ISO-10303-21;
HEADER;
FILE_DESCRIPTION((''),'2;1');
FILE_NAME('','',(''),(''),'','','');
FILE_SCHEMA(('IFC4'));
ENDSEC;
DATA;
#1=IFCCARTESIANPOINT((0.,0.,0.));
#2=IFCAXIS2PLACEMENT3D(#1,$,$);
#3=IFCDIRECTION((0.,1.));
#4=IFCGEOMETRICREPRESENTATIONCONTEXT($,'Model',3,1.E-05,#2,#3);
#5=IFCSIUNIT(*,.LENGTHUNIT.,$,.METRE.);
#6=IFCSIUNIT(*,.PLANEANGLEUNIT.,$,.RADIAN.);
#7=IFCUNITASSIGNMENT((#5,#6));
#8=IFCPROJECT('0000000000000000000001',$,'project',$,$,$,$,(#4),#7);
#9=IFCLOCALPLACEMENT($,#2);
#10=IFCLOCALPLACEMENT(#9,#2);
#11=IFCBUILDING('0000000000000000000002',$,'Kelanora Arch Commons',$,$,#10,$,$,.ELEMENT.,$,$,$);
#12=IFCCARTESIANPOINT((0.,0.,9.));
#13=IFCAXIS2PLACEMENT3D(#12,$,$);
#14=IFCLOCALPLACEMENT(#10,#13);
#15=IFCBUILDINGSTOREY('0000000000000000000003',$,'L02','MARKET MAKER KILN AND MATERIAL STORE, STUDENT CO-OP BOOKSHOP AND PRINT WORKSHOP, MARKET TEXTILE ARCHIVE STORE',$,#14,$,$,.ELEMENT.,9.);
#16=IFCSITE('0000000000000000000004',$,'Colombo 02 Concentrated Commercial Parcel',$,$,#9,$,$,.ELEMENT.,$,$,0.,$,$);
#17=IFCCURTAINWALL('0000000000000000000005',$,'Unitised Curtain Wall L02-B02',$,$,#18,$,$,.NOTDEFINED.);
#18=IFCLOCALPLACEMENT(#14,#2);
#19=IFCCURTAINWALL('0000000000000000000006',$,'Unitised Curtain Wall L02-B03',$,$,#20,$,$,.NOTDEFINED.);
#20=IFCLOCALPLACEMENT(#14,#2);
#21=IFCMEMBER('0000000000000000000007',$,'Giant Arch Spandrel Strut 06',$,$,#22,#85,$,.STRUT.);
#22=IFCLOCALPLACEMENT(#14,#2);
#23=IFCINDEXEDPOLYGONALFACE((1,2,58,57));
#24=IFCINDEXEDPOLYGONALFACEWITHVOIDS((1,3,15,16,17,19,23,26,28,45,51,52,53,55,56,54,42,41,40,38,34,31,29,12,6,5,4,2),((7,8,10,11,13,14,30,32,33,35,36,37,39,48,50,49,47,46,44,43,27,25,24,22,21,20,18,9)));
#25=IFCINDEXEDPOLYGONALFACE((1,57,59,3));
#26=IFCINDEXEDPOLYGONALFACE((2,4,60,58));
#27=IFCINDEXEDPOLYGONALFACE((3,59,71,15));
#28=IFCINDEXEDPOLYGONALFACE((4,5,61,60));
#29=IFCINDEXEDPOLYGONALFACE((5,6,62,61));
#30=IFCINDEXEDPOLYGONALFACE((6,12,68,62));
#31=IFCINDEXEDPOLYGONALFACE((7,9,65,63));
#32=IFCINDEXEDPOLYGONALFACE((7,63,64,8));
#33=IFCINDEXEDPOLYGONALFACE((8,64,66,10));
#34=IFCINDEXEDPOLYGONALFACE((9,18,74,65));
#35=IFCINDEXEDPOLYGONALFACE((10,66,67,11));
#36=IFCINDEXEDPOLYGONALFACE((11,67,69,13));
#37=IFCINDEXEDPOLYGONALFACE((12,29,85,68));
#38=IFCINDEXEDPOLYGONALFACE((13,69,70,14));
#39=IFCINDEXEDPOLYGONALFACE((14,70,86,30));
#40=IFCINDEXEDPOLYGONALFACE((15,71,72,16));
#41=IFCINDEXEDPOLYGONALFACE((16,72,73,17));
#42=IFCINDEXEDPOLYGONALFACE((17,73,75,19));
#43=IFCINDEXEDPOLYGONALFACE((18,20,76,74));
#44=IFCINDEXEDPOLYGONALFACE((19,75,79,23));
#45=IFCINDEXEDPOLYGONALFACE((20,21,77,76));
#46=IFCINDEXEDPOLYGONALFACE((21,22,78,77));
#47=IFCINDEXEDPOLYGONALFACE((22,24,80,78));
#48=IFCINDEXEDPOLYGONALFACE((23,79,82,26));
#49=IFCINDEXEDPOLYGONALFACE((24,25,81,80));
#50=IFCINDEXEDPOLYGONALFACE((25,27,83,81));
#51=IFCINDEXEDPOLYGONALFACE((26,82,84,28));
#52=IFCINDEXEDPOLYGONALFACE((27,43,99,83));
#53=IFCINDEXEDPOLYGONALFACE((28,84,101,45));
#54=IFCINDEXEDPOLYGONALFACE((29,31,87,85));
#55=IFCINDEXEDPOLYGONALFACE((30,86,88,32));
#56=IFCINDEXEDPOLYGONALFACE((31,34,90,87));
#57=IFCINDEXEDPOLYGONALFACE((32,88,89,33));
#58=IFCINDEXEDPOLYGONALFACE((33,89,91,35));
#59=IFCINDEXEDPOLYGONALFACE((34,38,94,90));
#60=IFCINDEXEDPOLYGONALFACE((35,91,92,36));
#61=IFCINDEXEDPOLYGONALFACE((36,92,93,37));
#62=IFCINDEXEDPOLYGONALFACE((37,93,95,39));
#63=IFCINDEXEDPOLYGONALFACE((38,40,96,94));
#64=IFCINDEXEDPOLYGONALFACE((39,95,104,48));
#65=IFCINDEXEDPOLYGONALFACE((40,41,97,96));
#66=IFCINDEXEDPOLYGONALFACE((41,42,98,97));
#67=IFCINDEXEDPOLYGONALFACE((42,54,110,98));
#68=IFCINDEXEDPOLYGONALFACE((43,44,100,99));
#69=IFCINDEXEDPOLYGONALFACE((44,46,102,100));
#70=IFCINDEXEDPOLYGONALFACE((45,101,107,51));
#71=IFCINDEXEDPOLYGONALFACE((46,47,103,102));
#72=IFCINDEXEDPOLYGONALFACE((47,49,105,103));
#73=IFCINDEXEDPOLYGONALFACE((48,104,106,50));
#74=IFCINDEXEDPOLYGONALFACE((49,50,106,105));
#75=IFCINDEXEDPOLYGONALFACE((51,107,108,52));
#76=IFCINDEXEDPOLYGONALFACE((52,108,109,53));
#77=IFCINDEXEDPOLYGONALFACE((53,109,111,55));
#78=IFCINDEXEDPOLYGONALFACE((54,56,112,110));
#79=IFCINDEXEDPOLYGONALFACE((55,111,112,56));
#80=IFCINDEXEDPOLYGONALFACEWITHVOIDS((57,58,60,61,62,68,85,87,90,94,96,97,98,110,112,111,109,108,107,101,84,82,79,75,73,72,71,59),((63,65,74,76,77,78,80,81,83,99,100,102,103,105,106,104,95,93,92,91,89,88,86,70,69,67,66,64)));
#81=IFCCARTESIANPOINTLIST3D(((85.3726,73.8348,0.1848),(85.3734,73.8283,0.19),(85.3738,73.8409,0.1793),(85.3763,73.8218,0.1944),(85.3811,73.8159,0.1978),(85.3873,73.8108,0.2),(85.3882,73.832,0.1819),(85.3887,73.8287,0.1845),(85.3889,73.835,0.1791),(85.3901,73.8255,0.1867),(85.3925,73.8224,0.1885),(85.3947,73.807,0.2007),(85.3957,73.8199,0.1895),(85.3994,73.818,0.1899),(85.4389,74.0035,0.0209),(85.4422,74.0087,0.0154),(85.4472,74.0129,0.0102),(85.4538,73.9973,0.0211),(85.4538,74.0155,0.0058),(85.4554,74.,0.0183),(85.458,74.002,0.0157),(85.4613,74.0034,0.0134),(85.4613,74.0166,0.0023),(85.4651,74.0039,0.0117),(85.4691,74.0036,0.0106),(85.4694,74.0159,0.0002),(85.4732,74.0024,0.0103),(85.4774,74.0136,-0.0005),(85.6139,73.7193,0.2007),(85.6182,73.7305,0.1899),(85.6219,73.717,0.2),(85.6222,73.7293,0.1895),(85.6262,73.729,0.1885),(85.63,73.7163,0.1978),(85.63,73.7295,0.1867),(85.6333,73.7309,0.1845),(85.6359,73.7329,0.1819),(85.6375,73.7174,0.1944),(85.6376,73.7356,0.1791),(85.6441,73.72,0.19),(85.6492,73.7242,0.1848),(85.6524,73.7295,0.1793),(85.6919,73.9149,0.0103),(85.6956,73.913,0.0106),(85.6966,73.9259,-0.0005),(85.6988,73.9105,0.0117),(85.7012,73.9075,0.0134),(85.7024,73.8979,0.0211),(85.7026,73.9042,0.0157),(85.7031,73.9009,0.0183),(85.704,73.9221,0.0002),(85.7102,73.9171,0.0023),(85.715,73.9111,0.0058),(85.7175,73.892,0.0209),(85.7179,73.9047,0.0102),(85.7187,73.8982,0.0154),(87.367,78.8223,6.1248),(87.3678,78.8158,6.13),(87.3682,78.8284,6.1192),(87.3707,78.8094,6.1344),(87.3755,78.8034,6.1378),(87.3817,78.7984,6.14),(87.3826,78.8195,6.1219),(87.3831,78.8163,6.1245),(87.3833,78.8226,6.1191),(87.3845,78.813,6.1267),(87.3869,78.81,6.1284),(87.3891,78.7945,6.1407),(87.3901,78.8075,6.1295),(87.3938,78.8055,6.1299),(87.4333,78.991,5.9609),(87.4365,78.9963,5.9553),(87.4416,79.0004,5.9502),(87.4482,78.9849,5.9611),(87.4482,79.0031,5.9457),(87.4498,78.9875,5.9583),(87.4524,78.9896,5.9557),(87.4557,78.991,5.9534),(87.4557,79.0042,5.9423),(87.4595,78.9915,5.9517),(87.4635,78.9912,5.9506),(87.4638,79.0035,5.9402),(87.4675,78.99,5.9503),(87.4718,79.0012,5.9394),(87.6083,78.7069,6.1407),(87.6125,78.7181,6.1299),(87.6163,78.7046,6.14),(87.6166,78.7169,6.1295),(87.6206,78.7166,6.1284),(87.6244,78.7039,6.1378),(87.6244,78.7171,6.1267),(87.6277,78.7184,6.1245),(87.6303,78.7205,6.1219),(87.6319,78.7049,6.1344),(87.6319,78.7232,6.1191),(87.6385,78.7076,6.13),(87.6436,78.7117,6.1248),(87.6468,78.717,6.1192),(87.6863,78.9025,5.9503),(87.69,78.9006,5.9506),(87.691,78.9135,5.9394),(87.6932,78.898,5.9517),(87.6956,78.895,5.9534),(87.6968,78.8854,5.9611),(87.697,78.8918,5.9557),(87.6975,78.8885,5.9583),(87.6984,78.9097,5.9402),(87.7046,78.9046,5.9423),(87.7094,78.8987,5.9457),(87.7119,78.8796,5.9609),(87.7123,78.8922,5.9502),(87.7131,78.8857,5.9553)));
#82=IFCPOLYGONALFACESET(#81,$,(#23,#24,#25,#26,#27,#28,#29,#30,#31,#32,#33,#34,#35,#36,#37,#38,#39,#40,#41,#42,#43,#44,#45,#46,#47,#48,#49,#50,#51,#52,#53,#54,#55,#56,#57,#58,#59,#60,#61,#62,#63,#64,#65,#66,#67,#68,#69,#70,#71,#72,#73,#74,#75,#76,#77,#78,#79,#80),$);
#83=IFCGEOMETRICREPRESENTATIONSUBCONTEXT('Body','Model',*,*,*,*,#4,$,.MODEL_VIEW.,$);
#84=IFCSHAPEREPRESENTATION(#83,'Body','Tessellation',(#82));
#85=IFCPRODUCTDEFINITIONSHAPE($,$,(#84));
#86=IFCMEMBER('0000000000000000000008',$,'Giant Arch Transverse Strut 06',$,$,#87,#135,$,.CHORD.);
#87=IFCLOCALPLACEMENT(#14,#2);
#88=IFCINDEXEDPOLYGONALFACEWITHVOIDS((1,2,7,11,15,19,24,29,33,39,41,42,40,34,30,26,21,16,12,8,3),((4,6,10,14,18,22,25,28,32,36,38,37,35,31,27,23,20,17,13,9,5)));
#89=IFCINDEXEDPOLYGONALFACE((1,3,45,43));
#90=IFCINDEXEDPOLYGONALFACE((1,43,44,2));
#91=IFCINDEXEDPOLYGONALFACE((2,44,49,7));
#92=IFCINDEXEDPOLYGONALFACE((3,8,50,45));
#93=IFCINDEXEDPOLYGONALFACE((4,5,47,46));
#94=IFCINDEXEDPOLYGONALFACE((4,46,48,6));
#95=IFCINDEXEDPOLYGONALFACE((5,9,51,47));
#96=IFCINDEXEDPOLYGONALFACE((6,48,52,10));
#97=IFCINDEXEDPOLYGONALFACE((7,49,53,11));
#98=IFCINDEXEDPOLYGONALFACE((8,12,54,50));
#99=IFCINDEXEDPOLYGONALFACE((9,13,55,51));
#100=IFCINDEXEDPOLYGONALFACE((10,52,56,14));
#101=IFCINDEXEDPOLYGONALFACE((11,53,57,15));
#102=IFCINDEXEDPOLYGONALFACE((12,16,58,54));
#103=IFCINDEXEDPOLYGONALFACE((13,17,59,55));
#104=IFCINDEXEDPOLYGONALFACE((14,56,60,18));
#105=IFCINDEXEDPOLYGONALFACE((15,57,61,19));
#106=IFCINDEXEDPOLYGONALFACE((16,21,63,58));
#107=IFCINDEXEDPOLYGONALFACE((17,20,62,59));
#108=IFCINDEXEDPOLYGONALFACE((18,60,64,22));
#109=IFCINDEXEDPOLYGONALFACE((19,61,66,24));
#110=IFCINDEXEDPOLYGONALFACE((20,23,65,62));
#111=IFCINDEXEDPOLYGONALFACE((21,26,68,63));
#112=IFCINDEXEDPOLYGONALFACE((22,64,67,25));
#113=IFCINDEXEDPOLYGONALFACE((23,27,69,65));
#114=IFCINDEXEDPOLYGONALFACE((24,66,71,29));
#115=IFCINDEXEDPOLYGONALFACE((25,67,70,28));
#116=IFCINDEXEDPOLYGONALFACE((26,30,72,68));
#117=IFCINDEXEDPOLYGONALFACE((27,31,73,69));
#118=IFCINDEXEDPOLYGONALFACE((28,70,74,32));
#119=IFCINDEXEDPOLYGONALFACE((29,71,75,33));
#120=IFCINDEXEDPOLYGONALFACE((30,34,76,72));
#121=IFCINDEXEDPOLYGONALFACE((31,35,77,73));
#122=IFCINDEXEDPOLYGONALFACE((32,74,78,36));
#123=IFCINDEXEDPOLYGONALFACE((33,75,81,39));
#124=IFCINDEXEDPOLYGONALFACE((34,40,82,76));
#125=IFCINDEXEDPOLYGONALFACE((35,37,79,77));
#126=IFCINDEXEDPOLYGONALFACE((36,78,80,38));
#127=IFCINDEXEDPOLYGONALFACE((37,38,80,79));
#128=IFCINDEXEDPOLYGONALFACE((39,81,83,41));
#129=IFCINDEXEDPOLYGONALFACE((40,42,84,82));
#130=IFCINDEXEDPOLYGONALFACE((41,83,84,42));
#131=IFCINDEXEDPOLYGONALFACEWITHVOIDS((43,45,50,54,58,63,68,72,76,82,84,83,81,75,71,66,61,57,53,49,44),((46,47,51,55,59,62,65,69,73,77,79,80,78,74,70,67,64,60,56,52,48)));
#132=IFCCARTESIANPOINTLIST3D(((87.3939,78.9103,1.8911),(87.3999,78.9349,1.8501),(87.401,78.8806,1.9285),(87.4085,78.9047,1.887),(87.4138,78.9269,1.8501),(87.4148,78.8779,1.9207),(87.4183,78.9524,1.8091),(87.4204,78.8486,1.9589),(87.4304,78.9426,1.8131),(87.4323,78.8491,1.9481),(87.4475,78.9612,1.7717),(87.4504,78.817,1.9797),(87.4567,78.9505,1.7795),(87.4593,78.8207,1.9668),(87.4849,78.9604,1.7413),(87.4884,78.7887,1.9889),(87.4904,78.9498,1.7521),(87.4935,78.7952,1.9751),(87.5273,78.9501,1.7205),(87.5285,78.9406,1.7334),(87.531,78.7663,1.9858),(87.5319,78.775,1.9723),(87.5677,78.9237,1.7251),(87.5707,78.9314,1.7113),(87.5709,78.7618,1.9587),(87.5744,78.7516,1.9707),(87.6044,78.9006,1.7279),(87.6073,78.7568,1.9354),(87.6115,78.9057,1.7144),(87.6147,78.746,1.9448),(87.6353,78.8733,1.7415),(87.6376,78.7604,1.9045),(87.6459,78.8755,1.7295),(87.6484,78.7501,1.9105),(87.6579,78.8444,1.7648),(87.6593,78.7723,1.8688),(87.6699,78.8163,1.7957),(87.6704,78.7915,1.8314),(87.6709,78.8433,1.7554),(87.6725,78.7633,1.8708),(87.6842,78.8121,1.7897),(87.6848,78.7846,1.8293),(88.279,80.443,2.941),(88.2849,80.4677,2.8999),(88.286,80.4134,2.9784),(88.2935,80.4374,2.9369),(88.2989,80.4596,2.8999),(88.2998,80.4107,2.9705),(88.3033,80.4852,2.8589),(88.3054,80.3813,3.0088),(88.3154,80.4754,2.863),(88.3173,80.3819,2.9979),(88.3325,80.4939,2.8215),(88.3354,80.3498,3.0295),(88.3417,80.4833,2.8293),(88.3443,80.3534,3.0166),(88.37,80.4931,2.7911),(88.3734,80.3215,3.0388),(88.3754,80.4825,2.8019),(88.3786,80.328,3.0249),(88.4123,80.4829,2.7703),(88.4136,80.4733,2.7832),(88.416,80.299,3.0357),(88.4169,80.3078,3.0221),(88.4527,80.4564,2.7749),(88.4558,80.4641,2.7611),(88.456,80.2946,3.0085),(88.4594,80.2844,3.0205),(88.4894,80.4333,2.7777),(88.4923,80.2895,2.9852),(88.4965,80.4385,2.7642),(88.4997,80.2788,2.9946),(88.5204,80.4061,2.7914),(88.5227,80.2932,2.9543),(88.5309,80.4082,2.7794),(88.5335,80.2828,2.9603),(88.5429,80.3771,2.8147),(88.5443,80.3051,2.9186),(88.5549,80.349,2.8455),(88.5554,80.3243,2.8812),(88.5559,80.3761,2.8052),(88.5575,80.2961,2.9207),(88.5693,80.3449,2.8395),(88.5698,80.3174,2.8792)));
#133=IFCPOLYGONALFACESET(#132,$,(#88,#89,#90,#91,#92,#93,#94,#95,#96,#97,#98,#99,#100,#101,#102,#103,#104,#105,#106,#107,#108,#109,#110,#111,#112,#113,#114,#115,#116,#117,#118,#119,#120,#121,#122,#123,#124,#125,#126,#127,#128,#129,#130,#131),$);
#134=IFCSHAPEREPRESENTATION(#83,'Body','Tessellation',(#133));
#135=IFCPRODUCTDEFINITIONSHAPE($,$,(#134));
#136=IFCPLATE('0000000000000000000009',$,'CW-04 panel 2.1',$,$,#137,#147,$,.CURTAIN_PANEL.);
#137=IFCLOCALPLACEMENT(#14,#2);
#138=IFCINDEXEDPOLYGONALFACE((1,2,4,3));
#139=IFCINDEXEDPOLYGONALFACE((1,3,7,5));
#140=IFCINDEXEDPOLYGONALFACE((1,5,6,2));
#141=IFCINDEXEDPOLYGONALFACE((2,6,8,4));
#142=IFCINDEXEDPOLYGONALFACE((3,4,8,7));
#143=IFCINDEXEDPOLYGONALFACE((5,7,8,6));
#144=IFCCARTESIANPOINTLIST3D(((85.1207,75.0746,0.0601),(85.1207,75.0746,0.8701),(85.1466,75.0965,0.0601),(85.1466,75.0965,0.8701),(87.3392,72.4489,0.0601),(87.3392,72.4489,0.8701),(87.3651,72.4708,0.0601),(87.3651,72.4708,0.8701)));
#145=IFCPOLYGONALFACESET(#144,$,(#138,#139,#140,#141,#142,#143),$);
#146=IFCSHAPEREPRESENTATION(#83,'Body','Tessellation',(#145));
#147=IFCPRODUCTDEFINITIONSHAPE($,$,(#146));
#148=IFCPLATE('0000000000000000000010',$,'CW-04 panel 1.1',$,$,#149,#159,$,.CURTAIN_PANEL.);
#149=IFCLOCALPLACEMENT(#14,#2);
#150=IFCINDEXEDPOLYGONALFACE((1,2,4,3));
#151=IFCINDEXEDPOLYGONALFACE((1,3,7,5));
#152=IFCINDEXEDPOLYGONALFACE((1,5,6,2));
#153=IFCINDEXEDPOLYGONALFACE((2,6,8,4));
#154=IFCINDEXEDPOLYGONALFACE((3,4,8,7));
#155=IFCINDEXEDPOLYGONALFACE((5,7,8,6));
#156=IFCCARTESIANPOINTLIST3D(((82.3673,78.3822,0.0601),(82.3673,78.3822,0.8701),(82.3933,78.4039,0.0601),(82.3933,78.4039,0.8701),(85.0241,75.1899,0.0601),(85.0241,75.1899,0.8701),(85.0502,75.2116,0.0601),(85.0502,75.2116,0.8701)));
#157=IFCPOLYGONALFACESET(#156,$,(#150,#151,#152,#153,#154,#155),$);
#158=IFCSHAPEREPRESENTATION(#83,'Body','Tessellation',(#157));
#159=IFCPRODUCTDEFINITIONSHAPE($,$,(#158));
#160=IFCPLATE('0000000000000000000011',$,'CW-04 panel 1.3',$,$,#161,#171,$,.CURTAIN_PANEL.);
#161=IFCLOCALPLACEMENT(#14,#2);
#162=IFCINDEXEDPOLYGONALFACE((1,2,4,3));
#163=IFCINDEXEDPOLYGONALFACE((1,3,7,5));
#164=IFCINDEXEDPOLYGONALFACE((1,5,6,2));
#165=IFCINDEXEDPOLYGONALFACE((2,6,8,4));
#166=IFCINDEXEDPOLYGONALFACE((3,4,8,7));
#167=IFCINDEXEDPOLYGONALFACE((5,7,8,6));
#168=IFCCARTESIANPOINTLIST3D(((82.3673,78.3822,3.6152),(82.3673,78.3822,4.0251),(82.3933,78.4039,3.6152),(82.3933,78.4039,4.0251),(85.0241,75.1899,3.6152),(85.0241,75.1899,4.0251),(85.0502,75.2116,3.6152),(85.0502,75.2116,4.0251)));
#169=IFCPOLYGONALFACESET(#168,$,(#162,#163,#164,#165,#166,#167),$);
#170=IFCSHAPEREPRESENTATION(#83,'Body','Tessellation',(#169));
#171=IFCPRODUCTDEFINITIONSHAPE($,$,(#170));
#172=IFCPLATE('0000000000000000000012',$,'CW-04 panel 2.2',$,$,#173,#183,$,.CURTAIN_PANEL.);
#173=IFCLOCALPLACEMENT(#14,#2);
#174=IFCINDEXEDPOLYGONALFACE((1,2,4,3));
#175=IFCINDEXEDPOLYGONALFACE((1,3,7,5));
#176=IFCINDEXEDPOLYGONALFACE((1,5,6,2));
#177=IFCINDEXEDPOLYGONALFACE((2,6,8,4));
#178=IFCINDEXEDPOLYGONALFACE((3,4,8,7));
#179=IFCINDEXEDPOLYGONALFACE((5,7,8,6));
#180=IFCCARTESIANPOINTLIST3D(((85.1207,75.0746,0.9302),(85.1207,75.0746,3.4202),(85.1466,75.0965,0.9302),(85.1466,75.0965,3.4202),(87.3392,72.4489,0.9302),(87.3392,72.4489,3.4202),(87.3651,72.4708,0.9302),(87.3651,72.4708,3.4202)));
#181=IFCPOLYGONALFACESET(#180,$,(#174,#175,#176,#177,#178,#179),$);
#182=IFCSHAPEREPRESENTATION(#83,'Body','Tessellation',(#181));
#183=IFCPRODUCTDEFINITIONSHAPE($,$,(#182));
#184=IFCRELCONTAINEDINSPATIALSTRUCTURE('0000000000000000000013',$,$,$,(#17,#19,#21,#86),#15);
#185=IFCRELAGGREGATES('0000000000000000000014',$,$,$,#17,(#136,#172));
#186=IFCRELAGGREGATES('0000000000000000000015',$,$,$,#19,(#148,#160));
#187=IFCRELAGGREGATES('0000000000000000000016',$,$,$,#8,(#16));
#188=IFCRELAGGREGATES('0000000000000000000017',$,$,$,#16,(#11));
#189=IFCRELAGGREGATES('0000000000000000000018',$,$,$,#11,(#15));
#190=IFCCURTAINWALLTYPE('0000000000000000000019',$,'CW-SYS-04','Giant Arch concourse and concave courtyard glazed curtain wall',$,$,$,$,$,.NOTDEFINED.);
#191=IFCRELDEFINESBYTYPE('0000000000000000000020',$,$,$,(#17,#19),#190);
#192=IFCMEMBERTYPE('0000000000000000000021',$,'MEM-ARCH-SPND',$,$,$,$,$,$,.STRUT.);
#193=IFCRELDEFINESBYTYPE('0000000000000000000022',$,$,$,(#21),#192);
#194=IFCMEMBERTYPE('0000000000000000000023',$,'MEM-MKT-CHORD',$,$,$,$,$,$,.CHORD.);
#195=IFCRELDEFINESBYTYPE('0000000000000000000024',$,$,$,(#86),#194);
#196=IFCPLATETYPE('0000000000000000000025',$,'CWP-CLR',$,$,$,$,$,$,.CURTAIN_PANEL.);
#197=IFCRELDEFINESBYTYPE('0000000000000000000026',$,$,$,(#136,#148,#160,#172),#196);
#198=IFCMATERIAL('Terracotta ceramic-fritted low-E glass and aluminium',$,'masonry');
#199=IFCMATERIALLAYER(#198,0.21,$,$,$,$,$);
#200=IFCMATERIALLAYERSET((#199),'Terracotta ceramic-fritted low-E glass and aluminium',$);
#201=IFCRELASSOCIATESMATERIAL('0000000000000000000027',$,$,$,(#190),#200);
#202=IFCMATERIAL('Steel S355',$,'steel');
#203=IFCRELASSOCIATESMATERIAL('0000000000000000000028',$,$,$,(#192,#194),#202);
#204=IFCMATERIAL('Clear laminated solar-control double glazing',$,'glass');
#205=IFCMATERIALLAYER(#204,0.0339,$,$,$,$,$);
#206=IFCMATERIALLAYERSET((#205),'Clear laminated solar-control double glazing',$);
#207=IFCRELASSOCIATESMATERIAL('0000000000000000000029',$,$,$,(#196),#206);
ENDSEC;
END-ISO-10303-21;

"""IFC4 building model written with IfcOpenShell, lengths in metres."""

from ifc_helpers import new_model, si_unit, direction, frame, origin, origin_2d, place, context, subcontext, project, spatial, rectangle, hollow_rectangle, hollow_circle, extrude, source, transform, mapped, material, layer, layer_set, material_profile, profile_set, type_object, element, aggregate, save


model = new_model("IFC4")

# Units and contexts
model_context = context("Model", 3, precision=1e-05, world=origin(), true_north=direction((0.0, 1.0)))
body_context = subcontext(model_context, "Body", "Model", "MODEL_VIEW")
ifc_project = project(units=[si_unit("LENGTHUNIT", "METRE"), si_unit("PLANEANGLEUNIT", "RADIAN")], contexts=[model_context])

# Site, building, storey
site_placement = place(None, origin())
site = spatial("IfcSite", under=ifc_project, at=site_placement, Name="Colombo 02 Concentrated Commercial Parcel", CompositionType="ELEMENT", RefElevation=0.0)
building_placement = place(site_placement, origin())
building = spatial("IfcBuilding", under=site, at=building_placement, Name="Kelanora Arch Commons", CompositionType="ELEMENT")
storey_placement = place(building_placement, frame((0.0, 0.0, 9.0)))
storey = spatial("IfcBuildingStorey", under=building, at=storey_placement, Name="L02", Description="MARKET MAKER KILN AND MATERIAL STORE, STUDENT CO-OP BOOKSHOP AND PRINT WORKSHOP, MARKET TEXTILE ARCHIVE STORE", CompositionType="ELEMENT", Elevation=9.0)

# Shared definitions
ifc_material_1 = material(Name="Steel S355", Category="steel")

# Curtain walls
ifc_material_2 = material(Name="Terracotta ceramic-fritted low-E glass and aluminium", Category="masonry")
ifc_layer_1 = layer(ifc_material_2, 0.21)
ifc_layer_set_1 = layer_set([ifc_layer_1], Name="Terracotta ceramic-fritted low-E glass and aluminium")
curtain_wall_type = type_object("IfcCurtainWallType", Name="CW-SYS-04", Description="Giant Arch concourse and concave courtyard glazed curtain wall", PredefinedType="NOTDEFINED", material=ifc_layer_set_1)
curtain_wall_1_placement = place(storey_placement, origin())
curtain_wall_1 = element("IfcCurtainWall", 1, at=curtain_wall_1_placement, inside=storey, type_object=curtain_wall_type, Name="Unitised Curtain Wall L02-B02", PredefinedType="NOTDEFINED")
curtain_wall_2_placement = place(storey_placement, origin())
curtain_wall_2 = element("IfcCurtainWall", 2, at=curtain_wall_2_placement, inside=storey, type_object=curtain_wall_type, Name="Unitised Curtain Wall L02-B03", PredefinedType="NOTDEFINED")

# Members
ifc_material_profile_1 = material_profile(ifc_material_1, hollow_rectangle(XDim=0.3, YDim=0.3, WallThickness=0.0161, InnerFilletRadius=0.0161, OuterFilletRadius=0.032, at=origin_2d()), Name="SHS300x300x16")
ifc_profile_set_1 = profile_set([ifc_material_profile_1], Name="Steel S355")
member_type_1 = type_object("IfcMemberType", Name="MEM-ARCH-SPND", PredefinedType="STRUT", material=ifc_profile_set_1)
member_1_placement = place(storey_placement, frame((85.5457, 73.8665, 0.1001), z_axis=(0.249033, 0.622782, 0.741704), x_axis=(-0.928517, 0.371289, 0.0)))
element("IfcMember", 3, at=member_1_placement, inside=storey, type_object=member_type_1, Name="Giant Arch Spandrel Strut 06", PredefinedType="STRUT", context=body_context, shape_type="SweptSolid", body=[
    extrude(hollow_rectangle(XDim=0.3, YDim=0.3, WallThickness=0.0161, InnerFilletRadius=0.0161, OuterFilletRadius=0.032, at=origin_2d()), origin(), (0.0, 0.0, 1.0), 8.0085),
])
ifc_material_profile_2 = material_profile(ifc_material_1, hollow_circle(Radius=0.1619, WallThickness=0.0161, at=origin_2d()), Name="CHS323.9x16")
ifc_profile_set_2 = profile_set([ifc_material_profile_2], Name="Steel S355")
member_type_2 = type_object("IfcMemberType", Name="MEM-MKT-CHORD", PredefinedType="CHORD", material=ifc_profile_set_2)
member_2_placement = place(storey_placement, frame((87.54, 78.854, 1.8501), z_axis=(0.430075, 0.744831, 0.510158), x_axis=(-0.866002, 0.500041, 0.0)))
element("IfcMember", 4, at=member_2_placement, inside=storey, type_object=member_type_2, Name="Giant Arch Transverse Strut 06", PredefinedType="CHORD", context=body_context, shape_type="SweptSolid", body=[
    extrude(hollow_circle(Radius=0.1619, WallThickness=0.0161, at=origin_2d()), origin(), (0.0, 0.0, 1.0), 2.0579),
])

# Plates
ifc_material_3 = material(Name="Clear laminated solar-control double glazing", Category="glass")
ifc_layer_2 = layer(ifc_material_3, 0.0339)
ifc_layer_set_2 = layer_set([ifc_layer_2], Name="Clear laminated solar-control double glazing")
plate_type = type_object("IfcPlateType", Name="CWP-CLR", PredefinedType="CURTAIN_PANEL", material=ifc_layer_set_2)
shared_shape_1 = source(origin(), body_context, "Body", "SweptSolid", [
    extrude(rectangle(XDim=3.4375, YDim=0.0339, at=origin_2d()), origin(), (0.0, 0.0, 1.0), 0.8101),
])
plate_1_placement = place(storey_placement, frame((86.2429, 73.7727, 0.0601), z_axis=(0.0, 0.0, 1.0), x_axis=(-0.645388, 0.763855, 0.0)))
plate_1 = element("IfcPlate", 5, at=plate_1_placement, type_object=plate_type, Name="CW-04 panel 2.1", PredefinedType="CURTAIN_PANEL", context=body_context, shape_type="MappedRepresentation", body=[
    mapped(shared_shape_1, transform((0.0, 0.0, 0.0), scale=1.0)),
])
shared_shape_2 = source(origin(), body_context, "Body", "SweptSolid", [
    extrude(rectangle(XDim=4.1533, YDim=0.0339, at=origin_2d()), origin(), (0.0, 0.0, 1.0), 0.8101),
])
plate_2_placement = place(storey_placement, frame((83.7087, 76.7969, 0.0601), z_axis=(0.0, 0.0, 1.0), x_axis=(-0.639702, 0.768623, 0.0)))
plate_2 = element("IfcPlate", 6, at=plate_2_placement, type_object=plate_type, Name="CW-04 panel 1.1", PredefinedType="CURTAIN_PANEL", context=body_context, shape_type="MappedRepresentation", body=[
    mapped(shared_shape_2, transform((0.0, 0.0, 0.0), scale=1.0)),
])
shared_shape_3 = source(origin(), body_context, "Body", "SweptSolid", [
    extrude(rectangle(XDim=4.1533, YDim=0.0339, at=origin_2d()), origin(), (0.0, 0.0, 1.0), 0.4099),
])
plate_3_placement = place(storey_placement, frame((83.7087, 76.7969, 3.6152), z_axis=(0.0, 0.0, 1.0), x_axis=(-0.639702, 0.768623, 0.0)))
plate_3 = element("IfcPlate", 7, at=plate_3_placement, type_object=plate_type, Name="CW-04 panel 1.3", PredefinedType="CURTAIN_PANEL", context=body_context, shape_type="MappedRepresentation", body=[
    mapped(shared_shape_3, transform((0.0, 0.0, 0.0), scale=1.0)),
])
shared_shape_4 = source(origin(), body_context, "Body", "SweptSolid", [
    extrude(rectangle(XDim=3.4375, YDim=0.0339, at=origin_2d()), origin(), (0.0, 0.0, 1.0), 2.49),
])
plate_4_placement = place(storey_placement, frame((86.2429, 73.7727, 0.9302), z_axis=(0.0, 0.0, 1.0), x_axis=(-0.645388, 0.763855, 0.0)))
plate_4 = element("IfcPlate", 8, at=plate_4_placement, type_object=plate_type, Name="CW-04 panel 2.2", PredefinedType="CURTAIN_PANEL", context=body_context, shape_type="MappedRepresentation", body=[
    mapped(shared_shape_4, transform((0.0, 0.0, 0.0), scale=1.0)),
])
aggregate(curtain_wall_1, [plate_1, plate_4])
aggregate(curtain_wall_2, [plate_2, plate_3])

save(model, "model.ifc")
